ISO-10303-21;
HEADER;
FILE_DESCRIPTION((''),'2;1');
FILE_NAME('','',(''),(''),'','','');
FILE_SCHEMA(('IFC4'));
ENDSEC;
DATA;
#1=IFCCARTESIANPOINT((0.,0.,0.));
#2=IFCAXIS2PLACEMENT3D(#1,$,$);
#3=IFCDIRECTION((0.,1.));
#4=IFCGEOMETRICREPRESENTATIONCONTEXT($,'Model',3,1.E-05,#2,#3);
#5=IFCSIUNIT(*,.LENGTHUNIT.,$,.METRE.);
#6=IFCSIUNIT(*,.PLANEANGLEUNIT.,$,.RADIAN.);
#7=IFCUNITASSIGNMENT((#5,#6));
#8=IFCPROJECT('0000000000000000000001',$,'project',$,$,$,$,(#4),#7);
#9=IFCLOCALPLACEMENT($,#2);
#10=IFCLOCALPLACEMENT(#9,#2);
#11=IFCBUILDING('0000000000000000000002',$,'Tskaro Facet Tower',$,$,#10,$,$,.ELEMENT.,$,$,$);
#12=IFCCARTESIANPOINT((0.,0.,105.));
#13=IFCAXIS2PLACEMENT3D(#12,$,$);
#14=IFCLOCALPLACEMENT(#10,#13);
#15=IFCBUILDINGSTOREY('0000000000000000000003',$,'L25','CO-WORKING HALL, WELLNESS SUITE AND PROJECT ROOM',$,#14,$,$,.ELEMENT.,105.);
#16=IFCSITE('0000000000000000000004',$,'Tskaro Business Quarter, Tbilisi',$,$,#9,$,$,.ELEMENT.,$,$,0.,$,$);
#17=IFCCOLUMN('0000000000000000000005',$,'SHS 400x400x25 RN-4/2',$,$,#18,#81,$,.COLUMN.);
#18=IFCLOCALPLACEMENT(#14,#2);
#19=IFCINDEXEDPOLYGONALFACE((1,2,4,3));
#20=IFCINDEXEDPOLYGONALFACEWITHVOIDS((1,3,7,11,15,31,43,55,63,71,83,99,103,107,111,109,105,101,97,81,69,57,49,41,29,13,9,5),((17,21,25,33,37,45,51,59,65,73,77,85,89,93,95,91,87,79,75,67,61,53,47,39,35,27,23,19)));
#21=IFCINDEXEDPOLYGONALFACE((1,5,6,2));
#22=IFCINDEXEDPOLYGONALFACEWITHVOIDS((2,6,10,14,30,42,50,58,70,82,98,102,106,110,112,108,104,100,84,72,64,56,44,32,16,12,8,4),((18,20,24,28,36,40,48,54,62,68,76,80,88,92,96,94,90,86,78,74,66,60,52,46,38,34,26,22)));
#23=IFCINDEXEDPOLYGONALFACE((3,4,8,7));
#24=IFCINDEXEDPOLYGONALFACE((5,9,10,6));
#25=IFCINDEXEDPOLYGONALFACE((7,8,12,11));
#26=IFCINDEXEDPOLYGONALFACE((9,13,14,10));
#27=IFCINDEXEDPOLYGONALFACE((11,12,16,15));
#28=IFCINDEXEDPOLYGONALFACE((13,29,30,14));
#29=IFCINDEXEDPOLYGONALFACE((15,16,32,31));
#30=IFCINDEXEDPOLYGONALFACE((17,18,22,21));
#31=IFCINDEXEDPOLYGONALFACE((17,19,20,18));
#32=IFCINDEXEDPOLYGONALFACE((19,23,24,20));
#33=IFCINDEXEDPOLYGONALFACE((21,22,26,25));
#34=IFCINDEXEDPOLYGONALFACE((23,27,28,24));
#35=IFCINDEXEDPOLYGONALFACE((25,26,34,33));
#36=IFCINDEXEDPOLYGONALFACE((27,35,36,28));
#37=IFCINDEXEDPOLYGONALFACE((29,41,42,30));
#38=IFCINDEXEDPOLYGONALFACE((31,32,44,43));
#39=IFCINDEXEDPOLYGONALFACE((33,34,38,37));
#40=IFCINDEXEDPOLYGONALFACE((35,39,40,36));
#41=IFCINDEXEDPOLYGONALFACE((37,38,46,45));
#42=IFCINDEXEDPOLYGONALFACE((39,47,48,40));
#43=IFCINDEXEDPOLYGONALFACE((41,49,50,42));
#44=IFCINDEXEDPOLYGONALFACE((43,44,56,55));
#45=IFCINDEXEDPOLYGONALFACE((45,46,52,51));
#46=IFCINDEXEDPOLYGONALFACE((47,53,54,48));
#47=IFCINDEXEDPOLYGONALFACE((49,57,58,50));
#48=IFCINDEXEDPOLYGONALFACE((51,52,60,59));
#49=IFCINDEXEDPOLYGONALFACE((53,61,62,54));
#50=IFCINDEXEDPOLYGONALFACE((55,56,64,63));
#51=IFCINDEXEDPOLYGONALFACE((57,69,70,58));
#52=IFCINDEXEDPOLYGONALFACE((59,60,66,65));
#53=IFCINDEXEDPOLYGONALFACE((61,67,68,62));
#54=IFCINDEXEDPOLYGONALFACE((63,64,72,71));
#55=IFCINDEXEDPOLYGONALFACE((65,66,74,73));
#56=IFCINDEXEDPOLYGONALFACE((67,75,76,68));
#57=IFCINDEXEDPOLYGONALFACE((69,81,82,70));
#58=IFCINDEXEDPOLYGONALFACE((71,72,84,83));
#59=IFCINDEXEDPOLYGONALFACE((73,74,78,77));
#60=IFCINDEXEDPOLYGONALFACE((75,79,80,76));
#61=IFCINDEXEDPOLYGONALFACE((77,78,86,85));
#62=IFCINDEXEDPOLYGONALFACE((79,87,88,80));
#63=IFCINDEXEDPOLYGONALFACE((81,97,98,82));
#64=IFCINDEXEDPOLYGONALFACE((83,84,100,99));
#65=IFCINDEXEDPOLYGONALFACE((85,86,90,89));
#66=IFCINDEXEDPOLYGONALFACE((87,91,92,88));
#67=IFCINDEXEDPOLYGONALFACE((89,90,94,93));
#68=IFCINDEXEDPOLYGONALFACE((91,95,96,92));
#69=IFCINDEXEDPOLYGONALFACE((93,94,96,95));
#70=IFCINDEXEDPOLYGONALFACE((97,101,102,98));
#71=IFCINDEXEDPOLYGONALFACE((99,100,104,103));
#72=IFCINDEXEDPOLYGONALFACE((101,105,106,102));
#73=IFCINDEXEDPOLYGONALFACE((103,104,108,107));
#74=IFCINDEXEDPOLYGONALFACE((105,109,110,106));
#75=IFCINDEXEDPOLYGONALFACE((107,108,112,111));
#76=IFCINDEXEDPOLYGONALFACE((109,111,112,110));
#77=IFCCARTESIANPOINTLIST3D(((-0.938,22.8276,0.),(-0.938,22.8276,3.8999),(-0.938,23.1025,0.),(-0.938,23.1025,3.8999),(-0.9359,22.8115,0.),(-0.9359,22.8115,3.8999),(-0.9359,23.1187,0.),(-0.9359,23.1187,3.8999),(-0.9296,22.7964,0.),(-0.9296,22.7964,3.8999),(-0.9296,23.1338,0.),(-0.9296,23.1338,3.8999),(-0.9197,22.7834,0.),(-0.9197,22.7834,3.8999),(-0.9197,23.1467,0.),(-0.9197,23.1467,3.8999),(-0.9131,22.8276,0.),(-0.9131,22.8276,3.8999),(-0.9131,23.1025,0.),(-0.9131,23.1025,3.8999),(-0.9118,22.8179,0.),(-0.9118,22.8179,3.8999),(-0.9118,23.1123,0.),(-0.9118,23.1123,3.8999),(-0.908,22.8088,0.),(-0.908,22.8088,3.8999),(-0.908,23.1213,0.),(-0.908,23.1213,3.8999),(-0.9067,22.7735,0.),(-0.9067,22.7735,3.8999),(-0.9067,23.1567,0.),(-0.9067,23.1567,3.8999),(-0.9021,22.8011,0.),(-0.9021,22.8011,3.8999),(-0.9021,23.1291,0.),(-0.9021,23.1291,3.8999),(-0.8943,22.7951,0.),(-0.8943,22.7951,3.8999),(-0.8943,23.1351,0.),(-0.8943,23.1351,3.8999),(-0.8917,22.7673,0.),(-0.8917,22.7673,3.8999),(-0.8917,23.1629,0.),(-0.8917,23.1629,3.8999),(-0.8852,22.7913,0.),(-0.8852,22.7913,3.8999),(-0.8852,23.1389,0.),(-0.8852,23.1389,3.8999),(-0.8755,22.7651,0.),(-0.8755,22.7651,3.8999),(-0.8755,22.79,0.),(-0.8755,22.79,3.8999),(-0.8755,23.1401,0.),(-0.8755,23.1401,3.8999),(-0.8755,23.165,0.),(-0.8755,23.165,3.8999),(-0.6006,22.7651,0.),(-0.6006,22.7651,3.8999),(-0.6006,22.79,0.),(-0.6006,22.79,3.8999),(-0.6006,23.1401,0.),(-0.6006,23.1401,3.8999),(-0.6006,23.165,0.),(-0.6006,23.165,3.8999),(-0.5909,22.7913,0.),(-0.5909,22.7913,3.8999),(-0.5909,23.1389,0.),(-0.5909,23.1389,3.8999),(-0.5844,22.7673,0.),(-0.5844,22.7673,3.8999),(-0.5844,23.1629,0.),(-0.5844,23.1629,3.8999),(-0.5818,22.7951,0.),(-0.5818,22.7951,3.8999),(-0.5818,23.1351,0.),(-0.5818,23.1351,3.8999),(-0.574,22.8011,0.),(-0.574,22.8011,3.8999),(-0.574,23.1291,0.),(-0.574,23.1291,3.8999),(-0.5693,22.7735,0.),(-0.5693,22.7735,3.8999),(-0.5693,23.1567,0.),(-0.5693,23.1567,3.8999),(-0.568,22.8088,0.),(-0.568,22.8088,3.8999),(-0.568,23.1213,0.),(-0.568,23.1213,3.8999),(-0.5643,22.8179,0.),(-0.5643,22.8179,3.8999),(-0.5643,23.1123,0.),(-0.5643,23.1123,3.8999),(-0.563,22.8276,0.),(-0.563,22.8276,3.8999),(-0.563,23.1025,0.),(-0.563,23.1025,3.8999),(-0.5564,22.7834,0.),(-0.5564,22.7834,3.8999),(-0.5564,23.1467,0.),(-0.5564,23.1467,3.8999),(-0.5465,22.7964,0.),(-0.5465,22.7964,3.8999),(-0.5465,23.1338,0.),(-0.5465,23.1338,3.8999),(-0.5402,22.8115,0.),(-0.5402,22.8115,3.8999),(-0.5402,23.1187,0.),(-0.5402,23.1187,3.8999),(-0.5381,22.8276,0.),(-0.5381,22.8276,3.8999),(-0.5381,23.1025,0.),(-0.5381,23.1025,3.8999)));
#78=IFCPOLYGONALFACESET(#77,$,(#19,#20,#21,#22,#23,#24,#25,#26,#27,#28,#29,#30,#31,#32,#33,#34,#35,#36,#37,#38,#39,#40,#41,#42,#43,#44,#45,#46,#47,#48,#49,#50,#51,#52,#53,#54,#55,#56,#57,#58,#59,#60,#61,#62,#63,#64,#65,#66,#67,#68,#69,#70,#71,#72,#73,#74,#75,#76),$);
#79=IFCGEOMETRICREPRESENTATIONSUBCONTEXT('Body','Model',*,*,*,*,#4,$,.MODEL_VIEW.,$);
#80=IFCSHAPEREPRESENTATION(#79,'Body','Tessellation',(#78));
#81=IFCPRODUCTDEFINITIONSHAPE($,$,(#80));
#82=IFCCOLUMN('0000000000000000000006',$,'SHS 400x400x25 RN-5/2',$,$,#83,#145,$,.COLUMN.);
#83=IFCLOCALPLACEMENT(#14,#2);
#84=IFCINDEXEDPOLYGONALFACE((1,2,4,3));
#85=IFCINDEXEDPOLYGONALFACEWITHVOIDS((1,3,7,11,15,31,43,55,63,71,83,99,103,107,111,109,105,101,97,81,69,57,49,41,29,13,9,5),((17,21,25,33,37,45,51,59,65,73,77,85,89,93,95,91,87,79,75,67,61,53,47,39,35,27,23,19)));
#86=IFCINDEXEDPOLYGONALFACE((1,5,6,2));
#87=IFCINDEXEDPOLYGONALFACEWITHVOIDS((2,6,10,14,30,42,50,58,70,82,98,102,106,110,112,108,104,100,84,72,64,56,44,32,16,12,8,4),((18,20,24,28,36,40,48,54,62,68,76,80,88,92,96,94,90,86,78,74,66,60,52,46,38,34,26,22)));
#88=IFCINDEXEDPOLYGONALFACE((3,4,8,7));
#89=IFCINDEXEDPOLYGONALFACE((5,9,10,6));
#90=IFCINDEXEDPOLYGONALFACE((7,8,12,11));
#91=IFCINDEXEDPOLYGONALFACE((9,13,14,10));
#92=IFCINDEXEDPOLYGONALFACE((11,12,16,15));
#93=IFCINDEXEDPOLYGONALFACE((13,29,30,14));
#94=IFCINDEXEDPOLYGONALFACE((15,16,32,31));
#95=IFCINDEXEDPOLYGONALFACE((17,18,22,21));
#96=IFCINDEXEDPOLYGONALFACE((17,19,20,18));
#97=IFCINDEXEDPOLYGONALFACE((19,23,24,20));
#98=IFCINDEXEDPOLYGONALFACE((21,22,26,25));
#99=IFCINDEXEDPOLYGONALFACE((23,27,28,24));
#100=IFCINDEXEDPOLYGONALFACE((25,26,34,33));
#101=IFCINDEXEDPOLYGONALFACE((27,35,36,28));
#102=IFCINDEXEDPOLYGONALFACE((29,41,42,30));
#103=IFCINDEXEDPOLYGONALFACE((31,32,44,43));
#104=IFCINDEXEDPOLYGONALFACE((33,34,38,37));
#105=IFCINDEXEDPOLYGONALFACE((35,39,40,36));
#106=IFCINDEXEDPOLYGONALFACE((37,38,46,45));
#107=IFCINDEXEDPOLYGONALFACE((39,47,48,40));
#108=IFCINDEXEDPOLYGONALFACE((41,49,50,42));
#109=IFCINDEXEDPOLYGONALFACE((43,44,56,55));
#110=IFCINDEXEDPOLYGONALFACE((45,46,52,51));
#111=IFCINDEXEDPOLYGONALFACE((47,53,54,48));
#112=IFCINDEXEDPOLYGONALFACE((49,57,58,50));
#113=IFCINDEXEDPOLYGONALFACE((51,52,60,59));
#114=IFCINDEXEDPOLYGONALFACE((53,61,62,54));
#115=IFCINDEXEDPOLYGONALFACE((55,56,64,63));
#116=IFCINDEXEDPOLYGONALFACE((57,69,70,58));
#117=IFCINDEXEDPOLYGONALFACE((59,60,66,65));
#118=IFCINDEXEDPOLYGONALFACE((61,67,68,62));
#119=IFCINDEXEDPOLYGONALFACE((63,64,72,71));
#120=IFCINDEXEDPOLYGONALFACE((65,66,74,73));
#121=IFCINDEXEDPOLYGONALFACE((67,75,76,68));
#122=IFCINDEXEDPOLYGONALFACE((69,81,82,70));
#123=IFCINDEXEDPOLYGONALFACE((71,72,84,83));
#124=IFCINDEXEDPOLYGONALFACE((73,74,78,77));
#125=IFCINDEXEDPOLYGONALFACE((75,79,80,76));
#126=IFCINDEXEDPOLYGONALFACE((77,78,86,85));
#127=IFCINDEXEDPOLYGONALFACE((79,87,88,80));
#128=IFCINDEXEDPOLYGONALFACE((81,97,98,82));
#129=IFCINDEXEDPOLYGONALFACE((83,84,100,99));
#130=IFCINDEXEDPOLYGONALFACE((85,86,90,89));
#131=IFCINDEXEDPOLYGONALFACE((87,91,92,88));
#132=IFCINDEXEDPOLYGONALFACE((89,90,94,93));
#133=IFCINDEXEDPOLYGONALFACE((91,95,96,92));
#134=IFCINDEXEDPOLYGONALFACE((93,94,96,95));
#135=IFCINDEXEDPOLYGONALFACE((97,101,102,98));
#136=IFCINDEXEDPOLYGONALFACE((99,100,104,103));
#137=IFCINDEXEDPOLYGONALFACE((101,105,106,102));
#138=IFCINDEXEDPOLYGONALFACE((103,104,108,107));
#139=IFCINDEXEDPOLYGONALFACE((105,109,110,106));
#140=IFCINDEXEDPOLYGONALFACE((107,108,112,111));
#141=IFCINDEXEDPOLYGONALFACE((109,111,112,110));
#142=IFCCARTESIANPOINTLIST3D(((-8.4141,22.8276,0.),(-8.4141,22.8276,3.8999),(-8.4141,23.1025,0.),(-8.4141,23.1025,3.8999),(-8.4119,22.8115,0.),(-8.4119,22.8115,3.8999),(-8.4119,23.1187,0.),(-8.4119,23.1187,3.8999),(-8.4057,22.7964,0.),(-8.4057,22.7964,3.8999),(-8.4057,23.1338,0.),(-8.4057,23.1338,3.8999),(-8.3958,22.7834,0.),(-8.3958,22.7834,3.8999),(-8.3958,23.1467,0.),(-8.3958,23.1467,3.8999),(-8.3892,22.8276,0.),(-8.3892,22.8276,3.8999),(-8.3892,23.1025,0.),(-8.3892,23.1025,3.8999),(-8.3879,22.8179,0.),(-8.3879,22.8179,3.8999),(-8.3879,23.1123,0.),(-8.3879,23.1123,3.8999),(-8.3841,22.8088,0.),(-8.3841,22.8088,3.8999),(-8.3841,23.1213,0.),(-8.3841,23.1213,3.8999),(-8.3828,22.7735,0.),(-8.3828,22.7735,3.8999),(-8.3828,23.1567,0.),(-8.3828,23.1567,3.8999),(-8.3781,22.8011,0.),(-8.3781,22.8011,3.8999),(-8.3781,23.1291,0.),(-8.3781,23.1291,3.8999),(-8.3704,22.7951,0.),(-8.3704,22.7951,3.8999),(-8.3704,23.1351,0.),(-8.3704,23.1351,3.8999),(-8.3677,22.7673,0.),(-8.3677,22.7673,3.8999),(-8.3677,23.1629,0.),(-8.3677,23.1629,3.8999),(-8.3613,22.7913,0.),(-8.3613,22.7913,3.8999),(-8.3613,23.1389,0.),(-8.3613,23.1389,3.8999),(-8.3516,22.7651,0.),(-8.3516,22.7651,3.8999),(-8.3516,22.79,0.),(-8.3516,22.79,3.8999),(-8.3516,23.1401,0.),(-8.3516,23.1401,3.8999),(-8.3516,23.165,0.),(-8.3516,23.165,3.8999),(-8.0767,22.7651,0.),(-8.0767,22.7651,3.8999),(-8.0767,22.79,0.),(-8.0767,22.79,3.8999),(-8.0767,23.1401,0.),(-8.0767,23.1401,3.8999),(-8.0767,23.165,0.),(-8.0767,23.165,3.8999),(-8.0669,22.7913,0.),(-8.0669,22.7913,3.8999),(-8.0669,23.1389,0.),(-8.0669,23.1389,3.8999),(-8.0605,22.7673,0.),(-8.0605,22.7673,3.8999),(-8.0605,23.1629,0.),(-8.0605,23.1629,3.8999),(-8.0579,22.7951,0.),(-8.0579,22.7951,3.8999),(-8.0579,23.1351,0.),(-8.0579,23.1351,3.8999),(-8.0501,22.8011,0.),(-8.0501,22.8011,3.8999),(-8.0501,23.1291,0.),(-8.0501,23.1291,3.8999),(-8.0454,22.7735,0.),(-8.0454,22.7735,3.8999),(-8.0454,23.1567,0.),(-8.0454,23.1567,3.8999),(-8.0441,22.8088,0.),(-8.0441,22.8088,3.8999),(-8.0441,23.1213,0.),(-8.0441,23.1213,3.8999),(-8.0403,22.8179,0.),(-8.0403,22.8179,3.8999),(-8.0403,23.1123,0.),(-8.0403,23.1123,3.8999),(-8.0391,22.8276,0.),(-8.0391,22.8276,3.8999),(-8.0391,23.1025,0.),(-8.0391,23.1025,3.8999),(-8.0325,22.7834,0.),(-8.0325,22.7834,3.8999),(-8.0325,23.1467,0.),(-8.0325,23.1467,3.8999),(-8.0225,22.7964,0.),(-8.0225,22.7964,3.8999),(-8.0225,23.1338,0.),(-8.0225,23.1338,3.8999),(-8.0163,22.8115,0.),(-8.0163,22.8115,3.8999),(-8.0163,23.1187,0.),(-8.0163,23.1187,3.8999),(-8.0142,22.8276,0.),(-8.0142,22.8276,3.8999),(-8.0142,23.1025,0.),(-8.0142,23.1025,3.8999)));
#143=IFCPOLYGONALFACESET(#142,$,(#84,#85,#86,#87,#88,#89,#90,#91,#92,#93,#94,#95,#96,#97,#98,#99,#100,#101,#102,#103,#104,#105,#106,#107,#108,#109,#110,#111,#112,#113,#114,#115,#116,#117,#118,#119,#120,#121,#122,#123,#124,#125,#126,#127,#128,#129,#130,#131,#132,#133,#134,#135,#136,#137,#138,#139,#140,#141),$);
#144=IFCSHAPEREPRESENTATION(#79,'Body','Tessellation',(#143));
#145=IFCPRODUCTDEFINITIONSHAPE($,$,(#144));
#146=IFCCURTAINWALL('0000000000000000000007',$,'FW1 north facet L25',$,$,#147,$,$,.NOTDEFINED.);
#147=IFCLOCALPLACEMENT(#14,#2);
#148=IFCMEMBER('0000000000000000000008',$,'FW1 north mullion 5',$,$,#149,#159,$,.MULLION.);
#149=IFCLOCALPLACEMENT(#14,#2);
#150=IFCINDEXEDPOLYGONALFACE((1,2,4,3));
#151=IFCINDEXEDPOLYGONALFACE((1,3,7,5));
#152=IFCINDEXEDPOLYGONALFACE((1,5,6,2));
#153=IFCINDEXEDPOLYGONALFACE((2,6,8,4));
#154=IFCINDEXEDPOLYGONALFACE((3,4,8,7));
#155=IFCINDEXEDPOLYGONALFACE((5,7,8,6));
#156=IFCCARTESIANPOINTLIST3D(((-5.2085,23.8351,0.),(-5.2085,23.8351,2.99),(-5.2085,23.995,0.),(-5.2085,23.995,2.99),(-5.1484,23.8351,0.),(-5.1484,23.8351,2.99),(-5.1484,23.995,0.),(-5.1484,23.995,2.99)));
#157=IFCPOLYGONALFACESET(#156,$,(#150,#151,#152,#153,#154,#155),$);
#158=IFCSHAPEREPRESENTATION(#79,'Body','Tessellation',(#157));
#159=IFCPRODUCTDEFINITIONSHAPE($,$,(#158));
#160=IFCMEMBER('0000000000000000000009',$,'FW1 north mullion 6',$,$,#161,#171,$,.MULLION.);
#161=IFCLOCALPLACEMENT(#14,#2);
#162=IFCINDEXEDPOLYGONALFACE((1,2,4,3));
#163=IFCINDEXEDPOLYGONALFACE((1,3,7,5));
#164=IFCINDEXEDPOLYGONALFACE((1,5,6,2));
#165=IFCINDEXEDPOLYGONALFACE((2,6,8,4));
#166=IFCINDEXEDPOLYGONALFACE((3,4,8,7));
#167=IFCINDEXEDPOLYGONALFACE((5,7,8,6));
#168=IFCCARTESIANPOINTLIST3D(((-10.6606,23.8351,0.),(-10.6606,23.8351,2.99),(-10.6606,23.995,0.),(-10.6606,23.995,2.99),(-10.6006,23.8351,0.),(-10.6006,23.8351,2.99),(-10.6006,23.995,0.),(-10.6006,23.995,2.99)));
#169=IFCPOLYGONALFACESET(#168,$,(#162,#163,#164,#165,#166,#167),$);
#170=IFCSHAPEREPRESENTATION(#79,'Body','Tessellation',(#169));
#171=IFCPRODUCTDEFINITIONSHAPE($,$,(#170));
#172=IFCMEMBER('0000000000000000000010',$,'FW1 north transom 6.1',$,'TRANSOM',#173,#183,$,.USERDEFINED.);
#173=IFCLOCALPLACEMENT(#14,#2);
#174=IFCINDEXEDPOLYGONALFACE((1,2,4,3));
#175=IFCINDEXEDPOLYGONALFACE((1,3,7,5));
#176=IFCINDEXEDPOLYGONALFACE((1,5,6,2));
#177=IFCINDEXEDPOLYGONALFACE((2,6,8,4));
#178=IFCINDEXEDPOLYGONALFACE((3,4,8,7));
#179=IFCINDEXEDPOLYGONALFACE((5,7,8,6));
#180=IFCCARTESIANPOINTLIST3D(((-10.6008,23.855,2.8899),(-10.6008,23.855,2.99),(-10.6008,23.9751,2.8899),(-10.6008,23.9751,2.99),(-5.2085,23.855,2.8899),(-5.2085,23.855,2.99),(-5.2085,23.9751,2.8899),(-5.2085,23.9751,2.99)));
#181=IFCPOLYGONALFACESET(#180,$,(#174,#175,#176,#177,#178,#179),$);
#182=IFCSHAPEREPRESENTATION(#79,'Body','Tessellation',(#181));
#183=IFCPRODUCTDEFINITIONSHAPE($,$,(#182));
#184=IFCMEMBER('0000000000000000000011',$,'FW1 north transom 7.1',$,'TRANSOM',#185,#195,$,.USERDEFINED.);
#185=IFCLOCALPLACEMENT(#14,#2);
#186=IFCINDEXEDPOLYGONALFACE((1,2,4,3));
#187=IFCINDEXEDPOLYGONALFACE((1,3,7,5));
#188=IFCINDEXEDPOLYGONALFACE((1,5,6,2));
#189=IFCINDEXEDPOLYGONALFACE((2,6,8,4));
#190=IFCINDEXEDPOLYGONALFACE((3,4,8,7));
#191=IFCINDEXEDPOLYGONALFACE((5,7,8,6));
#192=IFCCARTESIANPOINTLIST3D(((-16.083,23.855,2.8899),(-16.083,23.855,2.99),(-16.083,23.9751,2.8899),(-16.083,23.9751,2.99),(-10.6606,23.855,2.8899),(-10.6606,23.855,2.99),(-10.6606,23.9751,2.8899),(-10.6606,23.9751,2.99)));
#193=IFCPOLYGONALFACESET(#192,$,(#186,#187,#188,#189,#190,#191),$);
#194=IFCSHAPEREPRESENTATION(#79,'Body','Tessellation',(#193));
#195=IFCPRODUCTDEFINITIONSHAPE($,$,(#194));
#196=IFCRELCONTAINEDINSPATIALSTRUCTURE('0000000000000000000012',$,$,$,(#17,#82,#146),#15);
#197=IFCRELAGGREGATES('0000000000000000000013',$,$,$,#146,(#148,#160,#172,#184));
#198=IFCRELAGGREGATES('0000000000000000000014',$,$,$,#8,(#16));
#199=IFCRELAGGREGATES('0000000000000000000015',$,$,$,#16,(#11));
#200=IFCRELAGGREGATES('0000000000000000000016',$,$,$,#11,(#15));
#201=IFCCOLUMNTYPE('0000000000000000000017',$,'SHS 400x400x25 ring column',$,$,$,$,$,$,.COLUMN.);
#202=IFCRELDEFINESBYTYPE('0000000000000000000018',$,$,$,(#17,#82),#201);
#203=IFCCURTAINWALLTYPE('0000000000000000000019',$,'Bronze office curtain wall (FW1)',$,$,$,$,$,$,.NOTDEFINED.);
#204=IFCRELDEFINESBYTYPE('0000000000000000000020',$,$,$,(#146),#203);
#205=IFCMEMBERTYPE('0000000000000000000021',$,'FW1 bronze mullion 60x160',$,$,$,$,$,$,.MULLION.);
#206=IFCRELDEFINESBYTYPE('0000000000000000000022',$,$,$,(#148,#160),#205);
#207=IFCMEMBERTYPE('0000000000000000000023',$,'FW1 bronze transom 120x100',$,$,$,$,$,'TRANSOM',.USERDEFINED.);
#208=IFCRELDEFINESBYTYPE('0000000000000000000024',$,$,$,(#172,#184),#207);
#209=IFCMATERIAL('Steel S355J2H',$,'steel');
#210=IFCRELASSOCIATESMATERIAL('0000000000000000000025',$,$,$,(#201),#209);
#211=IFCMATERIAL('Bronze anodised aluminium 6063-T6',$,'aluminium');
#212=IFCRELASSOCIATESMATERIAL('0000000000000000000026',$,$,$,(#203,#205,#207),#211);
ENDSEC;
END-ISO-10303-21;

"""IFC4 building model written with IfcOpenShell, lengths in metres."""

from ifc_helpers import new_model, si_unit, direction, frame, origin, origin_2d, place, context, subcontext, project, spatial, rectangle, hollow_rectangle, extrude, material, material_profile, profile_set, type_object, element, aggregate, save


model = new_model("IFC4")

# Units and contexts
model_context = context("Model", 3, precision=1e-05, world=origin(), true_north=direction((0.0, 1.0)))
body_context = subcontext(model_context, "Body", "Model", "MODEL_VIEW")
ifc_project = project(units=[si_unit("LENGTHUNIT", "METRE"), si_unit("PLANEANGLEUNIT", "RADIAN")], contexts=[model_context])

# Site, building, storey
site_placement = place(None, origin())
site = spatial("IfcSite", under=ifc_project, at=site_placement, Name="Tskaro Business Quarter, Tbilisi", CompositionType="ELEMENT", RefElevation=0.0)
building_placement = place(site_placement, origin())
building = spatial("IfcBuilding", under=site, at=building_placement, Name="Tskaro Facet Tower", CompositionType="ELEMENT")
storey_placement = place(building_placement, frame((0.0, 0.0, 105.0)))
storey = spatial("IfcBuildingStorey", under=building, at=storey_placement, Name="L25", Description="CO-WORKING HALL, WELLNESS SUITE AND PROJECT ROOM", CompositionType="ELEMENT", Elevation=105.0)

# Columns
ifc_material_1 = material(Name="Steel S355J2H", Category="steel")
ifc_material_profile_1 = material_profile(ifc_material_1, hollow_rectangle(XDim=0.3999, YDim=0.3999, WallThickness=0.0249, InnerFilletRadius=0.0376, OuterFilletRadius=0.0625, at=origin_2d()), Name="SHS 400x400x25")
ifc_profile_set_1 = profile_set([ifc_material_profile_1], Name="Steel S355J2H")
column_type_1 = type_object("IfcColumnType", Name="SHS 400x400x25 ring column", PredefinedType="COLUMN", material=ifc_profile_set_1)
for number, where, z_axis, x_axis, name in (
    (1, (-0.738, 22.9651, 0.0), (0.0, 0.0, 1.0), (1.0, 0.0, 0.0), "SHS 400x400x25 RN-4/2"),
    (2, (-8.2141, 22.9651, 0.0), (0.0, 0.0, 1.0), (1.0, 0.0, 0.0), "SHS 400x400x25 RN-5/2"),
):
    element("IfcColumn", number, at=place(storey_placement, frame(where, z_axis=z_axis, x_axis=x_axis)), inside=storey, type_object=column_type_1, Name=name, PredefinedType="COLUMN", context=body_context, shape_type="SweptSolid", body=[
        extrude(hollow_rectangle(XDim=0.3999, YDim=0.3999, WallThickness=0.0249, InnerFilletRadius=0.0376, OuterFilletRadius=0.0625, at=origin_2d()), origin(), (0.0, 0.0, 1.0), 3.8999),
    ])

# Curtain wall, members
ifc_material_2 = material(Name="Bronze anodised aluminium 6063-T6", Category="aluminium")
curtain_wall_type = type_object("IfcCurtainWallType", Name="Bronze office curtain wall (FW1)", PredefinedType="NOTDEFINED", material=ifc_material_2)
curtain_wall_placement = place(storey_placement, origin())
curtain_wall = element("IfcCurtainWall", 3, at=curtain_wall_placement, inside=storey, type_object=curtain_wall_type, Name="FW1 north facet L25", PredefinedType="NOTDEFINED")
ifc_material_profile_2 = material_profile(ifc_material_2, rectangle(XDim=0.0601, YDim=0.1599, at=origin_2d()), Name="Mullion 60x160")
ifc_profile_set_2 = profile_set([ifc_material_profile_2], Name="Bronze anodised aluminium 6063-T6")
member_type_1 = type_object("IfcMemberType", Name="FW1 bronze mullion 60x160", PredefinedType="MULLION", material=ifc_profile_set_2)
member_1_placement = place(storey_placement, frame((-5.1785, 23.915, 0.0), z_axis=(0.0, 0.0, 1.0), x_axis=(-1.0, 0.0, 0.0)))
member_1 = element("IfcMember", 4, at=member_1_placement, type_object=member_type_1, Name="FW1 north mullion 5", PredefinedType="MULLION", context=body_context, shape_type="SweptSolid", body=[
    extrude(rectangle(XDim=0.0601, YDim=0.1599, at=origin_2d()), origin(), (0.0, 0.0, 1.0), 2.99),
])
member_2_placement = place(storey_placement, frame((-10.6306, 23.915, 0.0), z_axis=(0.0, 0.0, 1.0), x_axis=(-1.0, 0.0, 0.0)))
member_2 = element("IfcMember", 5, at=member_2_placement, type_object=member_type_1, Name="FW1 north mullion 6", PredefinedType="MULLION", context=body_context, shape_type="SweptSolid", body=[
    extrude(rectangle(XDim=0.0601, YDim=0.1599, at=origin_2d()), origin(), (0.0, 0.0, 1.0), 2.99),
])
ifc_material_profile_3 = material_profile(ifc_material_2, rectangle(XDim=0.1201, YDim=0.1001, at=origin_2d()), Name="Transom 120x100")
ifc_profile_set_3 = profile_set([ifc_material_profile_3], Name="Bronze anodised aluminium 6063-T6")
member_type_2 = type_object("IfcMemberType", Name="FW1 bronze transom 120x100", ElementType="TRANSOM", PredefinedType="USERDEFINED", material=ifc_profile_set_3)
member_3_placement = place(storey_placement, frame((-5.2085, 23.915, 2.9399), z_axis=(-1.0, 0.0, 0.0), x_axis=(0.0, -1.0, 0.0)))
member_3 = element("IfcMember", 6, at=member_3_placement, type_object=member_type_2, Name="FW1 north transom 6.1", ObjectType="TRANSOM", PredefinedType="USERDEFINED", context=body_context, shape_type="SweptSolid", body=[
    extrude(rectangle(XDim=0.1201, YDim=0.1001, at=origin_2d()), origin(), (0.0, 0.0, 1.0), 5.3923),
])
member_4_placement = place(storey_placement, frame((-10.6606, 23.915, 2.9399), z_axis=(-1.0, 0.0, 0.0), x_axis=(0.0, -1.0, 0.0)))
member_4 = element("IfcMember", 7, at=member_4_placement, type_object=member_type_2, Name="FW1 north transom 7.1", ObjectType="TRANSOM", PredefinedType="USERDEFINED", context=body_context, shape_type="SweptSolid", body=[
    extrude(rectangle(XDim=0.1201, YDim=0.1001, at=origin_2d()), origin(), (0.0, 0.0, 1.0), 5.4224),
])

aggregate(curtain_wall, [member_1, member_2, member_3, member_4])

save(model, "model.ifc")
